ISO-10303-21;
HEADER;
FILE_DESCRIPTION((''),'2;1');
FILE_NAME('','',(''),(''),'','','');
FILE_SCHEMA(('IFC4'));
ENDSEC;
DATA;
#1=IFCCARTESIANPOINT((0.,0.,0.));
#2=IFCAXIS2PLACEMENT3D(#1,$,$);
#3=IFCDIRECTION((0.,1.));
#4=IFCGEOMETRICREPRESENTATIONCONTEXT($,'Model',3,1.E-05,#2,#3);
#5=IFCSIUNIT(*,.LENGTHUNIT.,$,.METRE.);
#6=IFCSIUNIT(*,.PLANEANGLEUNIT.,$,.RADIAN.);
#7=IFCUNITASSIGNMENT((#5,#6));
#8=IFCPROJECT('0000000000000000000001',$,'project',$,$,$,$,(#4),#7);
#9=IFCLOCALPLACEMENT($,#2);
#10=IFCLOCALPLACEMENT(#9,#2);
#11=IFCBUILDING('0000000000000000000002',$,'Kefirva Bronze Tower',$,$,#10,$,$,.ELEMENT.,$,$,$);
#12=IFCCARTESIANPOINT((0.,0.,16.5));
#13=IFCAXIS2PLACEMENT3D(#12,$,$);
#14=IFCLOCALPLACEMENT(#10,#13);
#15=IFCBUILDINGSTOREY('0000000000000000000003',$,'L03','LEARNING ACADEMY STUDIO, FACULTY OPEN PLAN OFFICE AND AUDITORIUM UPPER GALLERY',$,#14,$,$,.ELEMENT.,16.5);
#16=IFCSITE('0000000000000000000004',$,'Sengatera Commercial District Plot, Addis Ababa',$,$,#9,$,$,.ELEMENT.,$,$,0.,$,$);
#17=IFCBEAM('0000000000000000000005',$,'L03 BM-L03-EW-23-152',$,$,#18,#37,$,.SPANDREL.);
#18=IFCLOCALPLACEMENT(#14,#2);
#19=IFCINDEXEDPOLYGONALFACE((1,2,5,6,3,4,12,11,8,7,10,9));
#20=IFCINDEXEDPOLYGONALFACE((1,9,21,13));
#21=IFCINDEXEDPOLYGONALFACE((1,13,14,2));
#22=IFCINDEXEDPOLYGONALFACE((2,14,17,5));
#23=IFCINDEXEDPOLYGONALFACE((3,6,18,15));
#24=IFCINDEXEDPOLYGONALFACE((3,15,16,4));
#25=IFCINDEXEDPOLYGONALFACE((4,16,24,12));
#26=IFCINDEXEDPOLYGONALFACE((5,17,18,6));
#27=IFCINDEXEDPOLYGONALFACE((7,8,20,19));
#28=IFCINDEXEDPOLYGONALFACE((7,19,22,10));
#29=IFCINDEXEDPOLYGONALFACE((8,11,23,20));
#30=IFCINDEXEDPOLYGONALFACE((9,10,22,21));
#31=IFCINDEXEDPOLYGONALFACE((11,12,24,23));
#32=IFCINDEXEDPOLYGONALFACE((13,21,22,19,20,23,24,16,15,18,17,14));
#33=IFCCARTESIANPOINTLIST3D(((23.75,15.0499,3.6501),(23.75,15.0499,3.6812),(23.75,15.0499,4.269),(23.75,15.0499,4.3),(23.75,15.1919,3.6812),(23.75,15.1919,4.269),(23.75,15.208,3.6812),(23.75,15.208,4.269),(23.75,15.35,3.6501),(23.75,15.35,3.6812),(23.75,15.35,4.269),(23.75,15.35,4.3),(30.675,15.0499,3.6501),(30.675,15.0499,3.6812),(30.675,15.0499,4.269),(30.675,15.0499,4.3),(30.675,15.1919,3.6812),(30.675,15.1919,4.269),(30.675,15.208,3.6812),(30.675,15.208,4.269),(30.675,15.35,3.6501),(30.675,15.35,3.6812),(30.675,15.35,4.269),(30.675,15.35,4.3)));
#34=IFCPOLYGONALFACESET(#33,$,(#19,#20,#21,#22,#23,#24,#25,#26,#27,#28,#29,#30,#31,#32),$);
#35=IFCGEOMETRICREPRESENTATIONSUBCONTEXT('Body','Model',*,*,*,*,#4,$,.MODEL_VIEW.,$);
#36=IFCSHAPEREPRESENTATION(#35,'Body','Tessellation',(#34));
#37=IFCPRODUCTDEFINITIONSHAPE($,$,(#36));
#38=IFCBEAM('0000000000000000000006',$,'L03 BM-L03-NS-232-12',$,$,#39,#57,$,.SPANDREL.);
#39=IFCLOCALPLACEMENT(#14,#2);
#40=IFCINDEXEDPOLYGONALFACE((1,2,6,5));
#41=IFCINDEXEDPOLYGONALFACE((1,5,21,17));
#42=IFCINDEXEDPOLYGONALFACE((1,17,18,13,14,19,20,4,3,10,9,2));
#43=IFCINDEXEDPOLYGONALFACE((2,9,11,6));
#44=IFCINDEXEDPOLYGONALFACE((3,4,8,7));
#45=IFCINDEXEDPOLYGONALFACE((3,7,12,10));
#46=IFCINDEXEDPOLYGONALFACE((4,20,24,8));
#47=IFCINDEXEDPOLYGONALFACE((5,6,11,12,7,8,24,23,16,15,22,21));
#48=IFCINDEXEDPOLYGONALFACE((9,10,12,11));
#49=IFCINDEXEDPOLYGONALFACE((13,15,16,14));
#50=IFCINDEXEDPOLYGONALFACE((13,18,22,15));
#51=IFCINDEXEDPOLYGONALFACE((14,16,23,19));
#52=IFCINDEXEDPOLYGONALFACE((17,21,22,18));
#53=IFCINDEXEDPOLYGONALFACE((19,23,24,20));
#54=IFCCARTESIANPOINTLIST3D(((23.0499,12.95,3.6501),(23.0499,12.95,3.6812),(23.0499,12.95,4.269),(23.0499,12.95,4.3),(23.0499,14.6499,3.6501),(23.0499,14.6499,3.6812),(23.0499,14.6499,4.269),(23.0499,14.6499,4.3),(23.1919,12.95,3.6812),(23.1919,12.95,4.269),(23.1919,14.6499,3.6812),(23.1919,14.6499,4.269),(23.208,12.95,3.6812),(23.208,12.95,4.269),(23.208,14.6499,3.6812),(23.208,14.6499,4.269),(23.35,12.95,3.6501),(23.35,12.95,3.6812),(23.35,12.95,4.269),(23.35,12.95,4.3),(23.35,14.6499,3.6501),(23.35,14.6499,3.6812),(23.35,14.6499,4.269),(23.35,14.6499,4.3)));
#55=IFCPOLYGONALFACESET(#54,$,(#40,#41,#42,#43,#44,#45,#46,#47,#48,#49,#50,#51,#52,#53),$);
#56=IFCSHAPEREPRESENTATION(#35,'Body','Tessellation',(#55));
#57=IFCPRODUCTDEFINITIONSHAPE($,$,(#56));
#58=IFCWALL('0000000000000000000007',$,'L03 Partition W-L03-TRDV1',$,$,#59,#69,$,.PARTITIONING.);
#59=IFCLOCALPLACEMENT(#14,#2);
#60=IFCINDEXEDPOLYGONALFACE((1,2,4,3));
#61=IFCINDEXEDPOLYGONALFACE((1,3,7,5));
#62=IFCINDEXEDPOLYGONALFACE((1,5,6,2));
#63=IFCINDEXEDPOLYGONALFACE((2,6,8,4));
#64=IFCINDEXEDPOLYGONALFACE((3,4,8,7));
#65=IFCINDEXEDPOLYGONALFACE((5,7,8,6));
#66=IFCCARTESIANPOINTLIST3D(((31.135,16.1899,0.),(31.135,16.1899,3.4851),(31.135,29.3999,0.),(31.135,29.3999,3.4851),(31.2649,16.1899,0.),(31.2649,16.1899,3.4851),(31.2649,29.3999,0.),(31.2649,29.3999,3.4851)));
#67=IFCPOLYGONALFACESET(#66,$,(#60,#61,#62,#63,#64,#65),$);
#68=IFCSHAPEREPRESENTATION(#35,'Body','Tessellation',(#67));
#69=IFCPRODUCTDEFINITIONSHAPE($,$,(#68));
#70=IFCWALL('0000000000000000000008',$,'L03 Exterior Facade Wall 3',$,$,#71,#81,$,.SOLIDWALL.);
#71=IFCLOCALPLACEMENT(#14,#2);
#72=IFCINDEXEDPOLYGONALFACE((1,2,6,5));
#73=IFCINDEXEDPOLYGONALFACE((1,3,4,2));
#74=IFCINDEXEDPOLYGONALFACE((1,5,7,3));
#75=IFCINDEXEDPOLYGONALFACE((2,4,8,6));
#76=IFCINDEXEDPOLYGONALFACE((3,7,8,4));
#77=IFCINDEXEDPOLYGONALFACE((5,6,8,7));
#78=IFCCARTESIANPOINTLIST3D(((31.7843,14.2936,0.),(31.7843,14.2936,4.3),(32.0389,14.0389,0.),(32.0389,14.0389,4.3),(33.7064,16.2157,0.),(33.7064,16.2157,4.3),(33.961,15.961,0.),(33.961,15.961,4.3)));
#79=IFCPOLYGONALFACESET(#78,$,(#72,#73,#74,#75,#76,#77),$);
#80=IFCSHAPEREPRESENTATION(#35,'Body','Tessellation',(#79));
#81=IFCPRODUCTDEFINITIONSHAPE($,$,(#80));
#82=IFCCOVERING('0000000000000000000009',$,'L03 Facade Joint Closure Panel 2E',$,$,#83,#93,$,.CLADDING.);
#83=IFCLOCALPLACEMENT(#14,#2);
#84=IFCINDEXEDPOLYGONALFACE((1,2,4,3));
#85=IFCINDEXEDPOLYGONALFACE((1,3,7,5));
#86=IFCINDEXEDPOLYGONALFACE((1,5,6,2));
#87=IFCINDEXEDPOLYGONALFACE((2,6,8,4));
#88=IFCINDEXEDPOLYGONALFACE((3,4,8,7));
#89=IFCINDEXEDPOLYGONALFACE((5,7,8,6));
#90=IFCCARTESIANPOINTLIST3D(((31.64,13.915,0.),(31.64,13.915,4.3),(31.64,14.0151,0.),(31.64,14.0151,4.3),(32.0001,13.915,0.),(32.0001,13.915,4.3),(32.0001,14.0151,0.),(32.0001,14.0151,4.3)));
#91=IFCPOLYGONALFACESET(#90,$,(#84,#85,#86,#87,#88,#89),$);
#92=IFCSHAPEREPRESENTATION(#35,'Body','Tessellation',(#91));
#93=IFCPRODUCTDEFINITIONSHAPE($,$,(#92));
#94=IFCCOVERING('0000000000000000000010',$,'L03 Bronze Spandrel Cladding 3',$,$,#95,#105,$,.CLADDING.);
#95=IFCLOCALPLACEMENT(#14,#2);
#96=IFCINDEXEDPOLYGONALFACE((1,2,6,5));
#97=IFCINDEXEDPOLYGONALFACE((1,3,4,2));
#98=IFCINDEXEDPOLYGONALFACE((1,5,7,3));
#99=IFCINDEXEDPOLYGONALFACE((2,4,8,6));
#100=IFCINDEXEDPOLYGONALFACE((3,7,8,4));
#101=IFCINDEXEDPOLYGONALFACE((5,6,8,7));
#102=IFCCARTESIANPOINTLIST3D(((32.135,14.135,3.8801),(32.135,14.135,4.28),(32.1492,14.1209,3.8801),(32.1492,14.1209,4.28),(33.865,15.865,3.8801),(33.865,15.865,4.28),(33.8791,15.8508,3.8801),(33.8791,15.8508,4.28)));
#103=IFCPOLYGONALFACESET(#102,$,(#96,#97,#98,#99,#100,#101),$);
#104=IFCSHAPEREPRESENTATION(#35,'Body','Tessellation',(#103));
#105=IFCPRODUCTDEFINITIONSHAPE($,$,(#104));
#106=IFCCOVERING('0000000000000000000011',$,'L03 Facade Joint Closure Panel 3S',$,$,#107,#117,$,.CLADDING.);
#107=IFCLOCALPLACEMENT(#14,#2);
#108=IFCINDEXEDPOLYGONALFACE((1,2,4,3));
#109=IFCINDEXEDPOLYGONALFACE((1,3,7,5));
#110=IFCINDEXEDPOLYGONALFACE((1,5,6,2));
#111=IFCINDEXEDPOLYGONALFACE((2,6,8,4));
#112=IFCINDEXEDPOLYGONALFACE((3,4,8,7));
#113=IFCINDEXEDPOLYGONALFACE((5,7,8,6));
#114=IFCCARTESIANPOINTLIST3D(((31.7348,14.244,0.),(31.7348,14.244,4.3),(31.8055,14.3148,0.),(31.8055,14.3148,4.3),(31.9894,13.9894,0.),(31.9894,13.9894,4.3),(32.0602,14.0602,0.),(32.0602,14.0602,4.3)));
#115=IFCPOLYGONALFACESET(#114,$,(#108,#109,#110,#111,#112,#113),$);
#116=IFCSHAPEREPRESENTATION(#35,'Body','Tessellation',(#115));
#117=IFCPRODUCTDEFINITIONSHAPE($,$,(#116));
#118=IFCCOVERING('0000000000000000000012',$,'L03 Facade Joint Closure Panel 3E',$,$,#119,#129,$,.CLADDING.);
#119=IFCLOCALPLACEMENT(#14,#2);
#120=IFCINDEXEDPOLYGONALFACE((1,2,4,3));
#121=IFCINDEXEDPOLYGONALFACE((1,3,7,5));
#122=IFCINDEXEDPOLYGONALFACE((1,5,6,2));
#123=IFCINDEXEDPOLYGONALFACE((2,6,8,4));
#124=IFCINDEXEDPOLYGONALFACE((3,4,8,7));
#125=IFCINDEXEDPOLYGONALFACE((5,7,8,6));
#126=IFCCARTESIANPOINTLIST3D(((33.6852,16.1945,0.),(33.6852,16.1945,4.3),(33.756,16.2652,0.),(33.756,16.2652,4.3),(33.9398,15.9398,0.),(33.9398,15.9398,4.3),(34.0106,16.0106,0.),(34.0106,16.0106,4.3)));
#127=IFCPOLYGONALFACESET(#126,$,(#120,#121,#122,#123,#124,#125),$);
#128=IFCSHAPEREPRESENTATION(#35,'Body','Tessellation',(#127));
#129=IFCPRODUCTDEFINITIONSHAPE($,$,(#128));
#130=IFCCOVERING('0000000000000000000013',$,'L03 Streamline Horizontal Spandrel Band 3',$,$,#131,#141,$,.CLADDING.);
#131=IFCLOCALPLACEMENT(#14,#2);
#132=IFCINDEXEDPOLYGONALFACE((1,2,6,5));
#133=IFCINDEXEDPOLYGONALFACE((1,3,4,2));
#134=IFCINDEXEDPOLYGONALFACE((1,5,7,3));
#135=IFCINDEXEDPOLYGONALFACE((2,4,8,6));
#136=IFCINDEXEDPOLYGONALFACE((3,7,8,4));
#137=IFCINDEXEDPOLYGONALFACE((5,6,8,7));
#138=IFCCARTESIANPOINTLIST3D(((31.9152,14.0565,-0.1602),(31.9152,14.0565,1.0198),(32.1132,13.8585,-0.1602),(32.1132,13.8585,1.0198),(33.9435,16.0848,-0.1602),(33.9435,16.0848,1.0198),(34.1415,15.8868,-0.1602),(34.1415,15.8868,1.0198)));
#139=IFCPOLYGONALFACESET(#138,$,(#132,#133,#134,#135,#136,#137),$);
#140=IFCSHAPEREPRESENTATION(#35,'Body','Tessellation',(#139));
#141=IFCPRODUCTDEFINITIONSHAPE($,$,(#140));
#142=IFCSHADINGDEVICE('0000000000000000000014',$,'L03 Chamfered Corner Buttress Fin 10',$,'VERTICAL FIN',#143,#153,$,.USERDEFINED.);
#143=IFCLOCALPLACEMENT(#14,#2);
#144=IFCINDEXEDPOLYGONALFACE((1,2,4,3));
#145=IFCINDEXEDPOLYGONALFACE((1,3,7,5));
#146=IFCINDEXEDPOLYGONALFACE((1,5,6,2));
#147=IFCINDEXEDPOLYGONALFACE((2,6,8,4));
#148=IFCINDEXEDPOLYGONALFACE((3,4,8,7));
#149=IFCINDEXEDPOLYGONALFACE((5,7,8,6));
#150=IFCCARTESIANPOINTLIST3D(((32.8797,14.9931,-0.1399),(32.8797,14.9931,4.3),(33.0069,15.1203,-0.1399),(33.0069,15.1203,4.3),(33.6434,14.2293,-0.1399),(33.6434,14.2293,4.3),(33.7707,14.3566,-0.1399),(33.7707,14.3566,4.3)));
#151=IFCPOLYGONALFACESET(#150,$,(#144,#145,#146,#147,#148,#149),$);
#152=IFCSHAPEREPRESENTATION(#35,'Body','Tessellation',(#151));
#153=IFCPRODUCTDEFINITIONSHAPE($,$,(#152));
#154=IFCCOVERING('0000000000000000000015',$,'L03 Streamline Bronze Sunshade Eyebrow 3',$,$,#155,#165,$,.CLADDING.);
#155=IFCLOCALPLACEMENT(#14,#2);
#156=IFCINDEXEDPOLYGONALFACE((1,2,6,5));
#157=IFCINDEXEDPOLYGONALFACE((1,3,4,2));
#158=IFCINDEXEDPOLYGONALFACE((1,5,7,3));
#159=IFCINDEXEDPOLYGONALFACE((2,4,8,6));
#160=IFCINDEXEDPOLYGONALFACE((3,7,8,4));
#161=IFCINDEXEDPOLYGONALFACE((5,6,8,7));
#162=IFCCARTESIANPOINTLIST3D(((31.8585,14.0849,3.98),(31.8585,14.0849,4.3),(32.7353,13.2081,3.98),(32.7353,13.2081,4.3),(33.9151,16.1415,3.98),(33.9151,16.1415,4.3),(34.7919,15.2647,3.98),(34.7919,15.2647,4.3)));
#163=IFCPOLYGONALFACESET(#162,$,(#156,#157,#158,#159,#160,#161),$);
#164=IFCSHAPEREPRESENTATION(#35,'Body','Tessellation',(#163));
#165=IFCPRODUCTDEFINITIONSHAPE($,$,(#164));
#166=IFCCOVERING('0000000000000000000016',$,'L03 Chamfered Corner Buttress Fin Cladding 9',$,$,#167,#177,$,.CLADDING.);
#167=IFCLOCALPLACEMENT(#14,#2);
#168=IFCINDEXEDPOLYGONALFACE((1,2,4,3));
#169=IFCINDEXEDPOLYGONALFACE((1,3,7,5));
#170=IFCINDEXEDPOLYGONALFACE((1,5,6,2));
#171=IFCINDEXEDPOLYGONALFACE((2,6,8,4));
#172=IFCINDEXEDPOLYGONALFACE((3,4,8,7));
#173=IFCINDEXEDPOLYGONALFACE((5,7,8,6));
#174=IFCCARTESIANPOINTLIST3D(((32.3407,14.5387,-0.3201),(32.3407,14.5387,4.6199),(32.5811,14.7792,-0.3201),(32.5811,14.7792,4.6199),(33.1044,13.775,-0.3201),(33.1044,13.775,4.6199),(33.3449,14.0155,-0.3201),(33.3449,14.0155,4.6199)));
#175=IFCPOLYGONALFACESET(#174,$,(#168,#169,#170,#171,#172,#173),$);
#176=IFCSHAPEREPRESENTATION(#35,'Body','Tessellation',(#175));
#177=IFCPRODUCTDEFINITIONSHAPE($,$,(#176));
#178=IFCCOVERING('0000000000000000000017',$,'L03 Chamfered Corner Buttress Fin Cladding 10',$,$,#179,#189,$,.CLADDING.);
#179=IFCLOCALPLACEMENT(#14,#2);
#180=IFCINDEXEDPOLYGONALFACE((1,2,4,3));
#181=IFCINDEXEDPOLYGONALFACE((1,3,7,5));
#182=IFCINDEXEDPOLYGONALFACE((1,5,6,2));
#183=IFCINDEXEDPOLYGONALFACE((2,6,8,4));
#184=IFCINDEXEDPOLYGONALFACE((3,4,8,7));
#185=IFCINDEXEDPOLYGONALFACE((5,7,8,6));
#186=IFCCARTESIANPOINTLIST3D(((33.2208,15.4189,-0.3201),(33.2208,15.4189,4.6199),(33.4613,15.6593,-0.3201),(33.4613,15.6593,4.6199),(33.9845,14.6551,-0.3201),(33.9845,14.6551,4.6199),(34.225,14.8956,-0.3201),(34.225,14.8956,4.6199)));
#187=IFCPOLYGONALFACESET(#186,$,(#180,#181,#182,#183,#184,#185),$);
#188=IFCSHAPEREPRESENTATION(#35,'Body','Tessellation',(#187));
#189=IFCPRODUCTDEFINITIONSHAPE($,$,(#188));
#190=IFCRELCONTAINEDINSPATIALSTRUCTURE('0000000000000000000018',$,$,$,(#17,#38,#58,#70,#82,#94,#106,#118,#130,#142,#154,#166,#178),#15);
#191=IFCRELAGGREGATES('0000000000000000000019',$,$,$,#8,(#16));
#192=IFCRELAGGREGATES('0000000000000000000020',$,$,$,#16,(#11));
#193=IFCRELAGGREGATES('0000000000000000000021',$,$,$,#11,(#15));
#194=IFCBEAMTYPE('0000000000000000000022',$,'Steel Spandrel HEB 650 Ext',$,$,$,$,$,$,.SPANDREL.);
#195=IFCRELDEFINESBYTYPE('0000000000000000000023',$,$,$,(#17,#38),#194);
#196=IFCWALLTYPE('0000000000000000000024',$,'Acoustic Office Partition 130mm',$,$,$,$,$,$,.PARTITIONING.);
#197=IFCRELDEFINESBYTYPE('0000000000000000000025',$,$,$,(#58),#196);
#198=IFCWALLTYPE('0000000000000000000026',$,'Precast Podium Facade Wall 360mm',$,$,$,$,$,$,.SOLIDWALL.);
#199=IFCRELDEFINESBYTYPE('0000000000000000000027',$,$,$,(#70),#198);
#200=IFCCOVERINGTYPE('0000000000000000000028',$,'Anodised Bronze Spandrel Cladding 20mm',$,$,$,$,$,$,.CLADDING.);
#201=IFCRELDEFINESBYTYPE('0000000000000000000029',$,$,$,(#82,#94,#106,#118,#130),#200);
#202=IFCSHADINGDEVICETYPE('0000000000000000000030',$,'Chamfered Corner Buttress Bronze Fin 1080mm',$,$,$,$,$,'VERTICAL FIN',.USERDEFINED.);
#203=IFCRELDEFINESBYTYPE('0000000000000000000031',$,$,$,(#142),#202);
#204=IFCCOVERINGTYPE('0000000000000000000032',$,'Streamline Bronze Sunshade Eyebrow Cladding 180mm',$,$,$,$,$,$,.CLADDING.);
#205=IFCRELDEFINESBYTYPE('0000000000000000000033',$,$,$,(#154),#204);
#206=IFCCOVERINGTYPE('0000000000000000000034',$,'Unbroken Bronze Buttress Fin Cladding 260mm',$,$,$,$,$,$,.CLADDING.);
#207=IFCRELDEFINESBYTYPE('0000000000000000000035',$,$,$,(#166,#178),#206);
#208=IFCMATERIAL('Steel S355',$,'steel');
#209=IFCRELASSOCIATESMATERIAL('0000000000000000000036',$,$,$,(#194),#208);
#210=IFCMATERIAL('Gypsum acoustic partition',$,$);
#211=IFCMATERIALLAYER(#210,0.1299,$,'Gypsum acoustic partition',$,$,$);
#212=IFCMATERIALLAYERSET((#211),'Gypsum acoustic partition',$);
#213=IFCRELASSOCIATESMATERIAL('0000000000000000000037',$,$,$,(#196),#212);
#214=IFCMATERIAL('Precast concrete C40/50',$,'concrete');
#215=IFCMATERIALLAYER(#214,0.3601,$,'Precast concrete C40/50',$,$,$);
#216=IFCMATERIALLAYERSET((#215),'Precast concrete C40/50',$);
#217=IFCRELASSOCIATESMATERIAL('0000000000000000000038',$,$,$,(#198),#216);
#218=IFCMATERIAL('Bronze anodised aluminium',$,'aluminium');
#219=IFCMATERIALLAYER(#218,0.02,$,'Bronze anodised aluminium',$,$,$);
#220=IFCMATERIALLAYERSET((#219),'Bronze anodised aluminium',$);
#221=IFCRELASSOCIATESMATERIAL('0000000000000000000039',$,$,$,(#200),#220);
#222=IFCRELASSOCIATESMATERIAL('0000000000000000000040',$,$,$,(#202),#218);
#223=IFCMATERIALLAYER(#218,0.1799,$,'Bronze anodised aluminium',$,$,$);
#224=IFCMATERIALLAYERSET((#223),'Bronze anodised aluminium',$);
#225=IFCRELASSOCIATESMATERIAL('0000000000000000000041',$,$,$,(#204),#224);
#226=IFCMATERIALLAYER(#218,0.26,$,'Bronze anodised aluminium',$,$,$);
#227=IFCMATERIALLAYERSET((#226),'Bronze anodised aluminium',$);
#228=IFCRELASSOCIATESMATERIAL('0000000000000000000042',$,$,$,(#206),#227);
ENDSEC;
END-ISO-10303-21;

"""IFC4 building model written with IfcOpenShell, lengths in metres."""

from ifc_helpers import new_model, si_unit, direction, frame, frame_2d, origin, origin_2d, place, context, subcontext, project, spatial, rectangle, i_section, extrude, material, layer, layer_set, material_profile, profile_set, type_object, element, save


model = new_model("IFC4")

# Units and contexts
model_context = context("Model", 3, precision=1e-05, world=origin(), true_north=direction((0.0, 1.0)))
body_context = subcontext(model_context, "Body", "Model", "MODEL_VIEW")
ifc_project = project(units=[si_unit("LENGTHUNIT", "METRE"), si_unit("PLANEANGLEUNIT", "RADIAN")], contexts=[model_context])

# Site, building, storey
site_placement = place(None, origin())
site = spatial("IfcSite", under=ifc_project, at=site_placement, Name="Sengatera Commercial District Plot, Addis Ababa", CompositionType="ELEMENT", RefElevation=0.0)
building_placement = place(site_placement, origin())
building = spatial("IfcBuilding", under=site, at=building_placement, Name="Kefirva Bronze Tower", CompositionType="ELEMENT")
storey_placement = place(building_placement, frame((0.0, 0.0, 16.5)))
storey = spatial("IfcBuildingStorey", under=building, at=storey_placement, Name="L03", Description="LEARNING ACADEMY STUDIO, FACULTY OPEN PLAN OFFICE AND AUDITORIUM UPPER GALLERY", CompositionType="ELEMENT", Elevation=16.5)

# Shared definitions
ifc_material_1 = material(Name="Bronze anodised aluminium", Category="aluminium")

# Beams
ifc_material_2 = material(Name="Steel S355", Category="steel")
ifc_material_profile_1 = material_profile(ifc_material_2, i_section(OverallWidth=0.3, OverallDepth=0.6499, WebThickness=0.0161, FlangeThickness=0.031, at=origin_2d()), Name="HEB 650")
ifc_profile_set_1 = profile_set([ifc_material_profile_1], Name="Steel S355")
beam_type_1 = type_object("IfcBeamType", Name="Steel Spandrel HEB 650 Ext", PredefinedType="SPANDREL", material=ifc_profile_set_1)
beam_1_placement = place(storey_placement, frame((23.75, 15.2, 3.9751), z_axis=(1.0, 0.0, 0.0), x_axis=(0.0, 1.0, 0.0)))
element("IfcBeam", 1, at=beam_1_placement, inside=storey, type_object=beam_type_1, Name="L03 BM-L03-EW-23-152", PredefinedType="SPANDREL", context=body_context, shape_type="SweptSolid", body=[
    extrude(i_section(OverallWidth=0.3, OverallDepth=0.6499, WebThickness=0.0161, FlangeThickness=0.031, at=origin_2d()), origin(), (0.0, 0.0, 1.0), 6.925),
])
beam_2_placement = place(storey_placement, frame((23.2, 12.95, 3.9751), z_axis=(0.0, 1.0, 0.0), x_axis=(-1.0, 0.0, 0.0)))
element("IfcBeam", 2, at=beam_2_placement, inside=storey, type_object=beam_type_1, Name="L03 BM-L03-NS-232-12", PredefinedType="SPANDREL", context=body_context, shape_type="SweptSolid", body=[
    extrude(i_section(OverallWidth=0.3, OverallDepth=0.6499, WebThickness=0.0161, FlangeThickness=0.031, at=origin_2d()), origin(), (0.0, 0.0, 1.0), 1.7),
])

# Walls
ifc_material_3 = material(Name="Gypsum acoustic partition")
ifc_layer_1 = layer(ifc_material_3, 0.1299, Name="Gypsum acoustic partition")
ifc_layer_set_1 = layer_set([ifc_layer_1], Name="Gypsum acoustic partition")
wall_type_1 = type_object("IfcWallType", Name="Acoustic Office Partition 130mm", PredefinedType="PARTITIONING", material=ifc_layer_set_1)
wall_1_placement = place(storey_placement, frame((31.2, 16.1899, 0.0), z_axis=(0.0, 0.0, 1.0), x_axis=(0.0, 1.0, 0.0)))
element("IfcWall", 3, at=wall_1_placement, inside=storey, type_object=wall_type_1, Name="L03 Partition W-L03-TRDV1", PredefinedType="PARTITIONING", context=body_context, shape_type="SweptSolid", body=[
    extrude(rectangle(XDim=13.21, YDim=0.1299, at=frame_2d((6.605, 0.0))), origin(), (0.0, 0.0, 1.0), 3.4851),
])
ifc_material_4 = material(Name="Precast concrete C40/50", Category="concrete")
ifc_layer_2 = layer(ifc_material_4, 0.3601, Name="Precast concrete C40/50")
ifc_layer_set_2 = layer_set([ifc_layer_2], Name="Precast concrete C40/50")
wall_type_2 = type_object("IfcWallType", Name="Precast Podium Facade Wall 360mm", PredefinedType="SOLIDWALL", material=ifc_layer_set_2)
wall_2_placement = place(storey_placement, frame((31.9116, 14.1663, 0.0), z_axis=(0.0, 0.0, 1.0), x_axis=(0.707107, 0.707107, 0.0)))
element("IfcWall", 4, at=wall_2_placement, inside=storey, type_object=wall_type_2, Name="L03 Exterior Facade Wall 3", PredefinedType="SOLIDWALL", context=body_context, shape_type="SweptSolid", body=[
    extrude(rectangle(XDim=2.7183, YDim=0.3601, at=frame_2d((1.3591, 0.0))), origin(), (0.0, 0.0, 1.0), 4.3),
])

# Coverings
ifc_layer_3 = layer(ifc_material_1, 0.02, Name="Bronze anodised aluminium")
ifc_layer_set_3 = layer_set([ifc_layer_3], Name="Bronze anodised aluminium")
covering_type_1 = type_object("IfcCoveringType", Name="Anodised Bronze Spandrel Cladding 20mm", PredefinedType="CLADDING", material=ifc_layer_set_3)
covering_1_placement = place(storey_placement, frame((31.8201, 13.9651, 0.0), z_axis=(0.0, 0.0, 1.0), x_axis=(0.0, 1.0, 0.0)))
element("IfcCovering", 5, at=covering_1_placement, inside=storey, type_object=covering_type_1, Name="L03 Facade Joint Closure Panel 2E", PredefinedType="CLADDING", context=body_context, shape_type="SweptSolid", body=[
    extrude(rectangle(XDim=0.1001, YDim=0.3601, at=origin_2d()), origin(), (0.0, 0.0, 1.0), 4.3),
])
covering_2_placement = place(storey_placement, frame((33.0071, 14.9929, 3.8801), z_axis=(0.0, 0.0, 1.0), x_axis=(0.707107, 0.707107, 0.0)))
element("IfcCovering", 6, at=covering_2_placement, inside=storey, type_object=covering_type_1, Name="L03 Bronze Spandrel Cladding 3", PredefinedType="CLADDING", context=body_context, shape_type="SweptSolid", body=[
    extrude(rectangle(XDim=2.4465, YDim=0.02, at=origin_2d()), origin(), (0.0, 0.0, 1.0), 0.3999),
])
for number, where, z_axis, x_axis, name in (
    (7, (31.8975, 14.1521, 0.0), (0.0, 0.0, 1.0), (0.707107, 0.707107, 0.0), "L03 Facade Joint Closure Panel 3S"),
    (8, (33.8479, 16.1025, 0.0), (0.0, 0.0, 1.0), (0.707107, 0.707107, 0.0), "L03 Facade Joint Closure Panel 3E"),
):
    element("IfcCovering", number, at=place(storey_placement, frame(where, z_axis=z_axis, x_axis=x_axis)), inside=storey, type_object=covering_type_1, Name=name, PredefinedType="CLADDING", context=body_context, shape_type="SweptSolid", body=[
        extrude(rectangle(XDim=0.1001, YDim=0.3601, at=origin_2d()), origin(), (0.0, 0.0, 1.0), 4.3),
    ])
covering_3_placement = place(storey_placement, frame((33.0283, 14.9717, -0.1602), z_axis=(0.0, 0.0, 1.0), x_axis=(0.707107, 0.707107, 0.0)))
element("IfcCovering", 9, at=covering_3_placement, inside=storey, type_object=covering_type_1, Name="L03 Streamline Horizontal Spandrel Band 3", PredefinedType="CLADDING", context=body_context, shape_type="SweptSolid", body=[
    extrude(rectangle(XDim=2.8684, YDim=0.28, at=origin_2d()), origin(), (0.0, 0.0, 1.0), 1.1799),
])

# Shading device
ifc_material_profile_2 = material_profile(ifc_material_1, rectangle(XDim=0.1799, YDim=1.0801, at=origin_2d()), Name="BRONZE BUTTRESS FIN 180x1080")
ifc_profile_set_2 = profile_set([ifc_material_profile_2], Name="Bronze anodised aluminium")
shading_device_type = type_object("IfcShadingDeviceType", Name="Chamfered Corner Buttress Bronze Fin 1080mm", ElementType="VERTICAL FIN", PredefinedType="USERDEFINED", material=ifc_profile_set_2)
shading_device_placement = place(storey_placement, frame((33.3252, 14.6748, -0.1399), z_axis=(0.0, 0.0, 1.0), x_axis=(0.707107, 0.707107, 0.0)))
element("IfcShadingDevice", 10, at=shading_device_placement, inside=storey, type_object=shading_device_type, Name="L03 Chamfered Corner Buttress Fin 10", ObjectType="VERTICAL FIN", PredefinedType="USERDEFINED", context=body_context, shape_type="SweptSolid", body=[
    extrude(rectangle(XDim=0.1799, YDim=1.0801, at=origin_2d()), origin(), (0.0, 0.0, 1.0), 4.4399),
])

# Coverings
ifc_layer_4 = layer(ifc_material_1, 0.1799, Name="Bronze anodised aluminium")
ifc_layer_set_4 = layer_set([ifc_layer_4], Name="Bronze anodised aluminium")
covering_type_2 = type_object("IfcCoveringType", Name="Streamline Bronze Sunshade Eyebrow Cladding 180mm", PredefinedType="CLADDING", material=ifc_layer_set_4)
covering_4_placement = place(storey_placement, frame((33.3252, 14.6748, 3.98), z_axis=(0.0, 0.0, 1.0), x_axis=(0.707107, 0.707107, 0.0)))
element("IfcCovering", 11, at=covering_4_placement, inside=storey, type_object=covering_type_2, Name="L03 Streamline Bronze Sunshade Eyebrow 3", PredefinedType="CLADDING", context=body_context, shape_type="SweptSolid", body=[
    extrude(rectangle(XDim=2.9084, YDim=1.24, at=origin_2d()), origin(), (0.0, 0.0, 1.0), 0.3201),
])
ifc_layer_5 = layer(ifc_material_1, 0.26, Name="Bronze anodised aluminium")
ifc_layer_set_5 = layer_set([ifc_layer_5], Name="Bronze anodised aluminium")
covering_type_3 = type_object("IfcCoveringType", Name="Unbroken Bronze Buttress Fin Cladding 260mm", PredefinedType="CLADDING", material=ifc_layer_set_5)
for number, where, z_axis, x_axis, name in (
    (12, (32.8428, 14.2771, -0.3201), (0.0, 0.0, 1.0), (0.707107, 0.707107, 0.0), "L03 Chamfered Corner Buttress Fin Cladding 9"),
    (13, (33.7229, 15.1572, -0.3201), (0.0, 0.0, 1.0), (0.707107, 0.707107, 0.0), "L03 Chamfered Corner Buttress Fin Cladding 10"),
):
    element("IfcCovering", number, at=place(storey_placement, frame(where, z_axis=z_axis, x_axis=x_axis)), inside=storey, type_object=covering_type_3, Name=name, PredefinedType="CLADDING", context=body_context, shape_type="SweptSolid", body=[
        extrude(rectangle(XDim=0.3401, YDim=1.0801, at=origin_2d()), origin(), (0.0, 0.0, 1.0), 4.9399),
    ])

save(model, "model.ifc")
